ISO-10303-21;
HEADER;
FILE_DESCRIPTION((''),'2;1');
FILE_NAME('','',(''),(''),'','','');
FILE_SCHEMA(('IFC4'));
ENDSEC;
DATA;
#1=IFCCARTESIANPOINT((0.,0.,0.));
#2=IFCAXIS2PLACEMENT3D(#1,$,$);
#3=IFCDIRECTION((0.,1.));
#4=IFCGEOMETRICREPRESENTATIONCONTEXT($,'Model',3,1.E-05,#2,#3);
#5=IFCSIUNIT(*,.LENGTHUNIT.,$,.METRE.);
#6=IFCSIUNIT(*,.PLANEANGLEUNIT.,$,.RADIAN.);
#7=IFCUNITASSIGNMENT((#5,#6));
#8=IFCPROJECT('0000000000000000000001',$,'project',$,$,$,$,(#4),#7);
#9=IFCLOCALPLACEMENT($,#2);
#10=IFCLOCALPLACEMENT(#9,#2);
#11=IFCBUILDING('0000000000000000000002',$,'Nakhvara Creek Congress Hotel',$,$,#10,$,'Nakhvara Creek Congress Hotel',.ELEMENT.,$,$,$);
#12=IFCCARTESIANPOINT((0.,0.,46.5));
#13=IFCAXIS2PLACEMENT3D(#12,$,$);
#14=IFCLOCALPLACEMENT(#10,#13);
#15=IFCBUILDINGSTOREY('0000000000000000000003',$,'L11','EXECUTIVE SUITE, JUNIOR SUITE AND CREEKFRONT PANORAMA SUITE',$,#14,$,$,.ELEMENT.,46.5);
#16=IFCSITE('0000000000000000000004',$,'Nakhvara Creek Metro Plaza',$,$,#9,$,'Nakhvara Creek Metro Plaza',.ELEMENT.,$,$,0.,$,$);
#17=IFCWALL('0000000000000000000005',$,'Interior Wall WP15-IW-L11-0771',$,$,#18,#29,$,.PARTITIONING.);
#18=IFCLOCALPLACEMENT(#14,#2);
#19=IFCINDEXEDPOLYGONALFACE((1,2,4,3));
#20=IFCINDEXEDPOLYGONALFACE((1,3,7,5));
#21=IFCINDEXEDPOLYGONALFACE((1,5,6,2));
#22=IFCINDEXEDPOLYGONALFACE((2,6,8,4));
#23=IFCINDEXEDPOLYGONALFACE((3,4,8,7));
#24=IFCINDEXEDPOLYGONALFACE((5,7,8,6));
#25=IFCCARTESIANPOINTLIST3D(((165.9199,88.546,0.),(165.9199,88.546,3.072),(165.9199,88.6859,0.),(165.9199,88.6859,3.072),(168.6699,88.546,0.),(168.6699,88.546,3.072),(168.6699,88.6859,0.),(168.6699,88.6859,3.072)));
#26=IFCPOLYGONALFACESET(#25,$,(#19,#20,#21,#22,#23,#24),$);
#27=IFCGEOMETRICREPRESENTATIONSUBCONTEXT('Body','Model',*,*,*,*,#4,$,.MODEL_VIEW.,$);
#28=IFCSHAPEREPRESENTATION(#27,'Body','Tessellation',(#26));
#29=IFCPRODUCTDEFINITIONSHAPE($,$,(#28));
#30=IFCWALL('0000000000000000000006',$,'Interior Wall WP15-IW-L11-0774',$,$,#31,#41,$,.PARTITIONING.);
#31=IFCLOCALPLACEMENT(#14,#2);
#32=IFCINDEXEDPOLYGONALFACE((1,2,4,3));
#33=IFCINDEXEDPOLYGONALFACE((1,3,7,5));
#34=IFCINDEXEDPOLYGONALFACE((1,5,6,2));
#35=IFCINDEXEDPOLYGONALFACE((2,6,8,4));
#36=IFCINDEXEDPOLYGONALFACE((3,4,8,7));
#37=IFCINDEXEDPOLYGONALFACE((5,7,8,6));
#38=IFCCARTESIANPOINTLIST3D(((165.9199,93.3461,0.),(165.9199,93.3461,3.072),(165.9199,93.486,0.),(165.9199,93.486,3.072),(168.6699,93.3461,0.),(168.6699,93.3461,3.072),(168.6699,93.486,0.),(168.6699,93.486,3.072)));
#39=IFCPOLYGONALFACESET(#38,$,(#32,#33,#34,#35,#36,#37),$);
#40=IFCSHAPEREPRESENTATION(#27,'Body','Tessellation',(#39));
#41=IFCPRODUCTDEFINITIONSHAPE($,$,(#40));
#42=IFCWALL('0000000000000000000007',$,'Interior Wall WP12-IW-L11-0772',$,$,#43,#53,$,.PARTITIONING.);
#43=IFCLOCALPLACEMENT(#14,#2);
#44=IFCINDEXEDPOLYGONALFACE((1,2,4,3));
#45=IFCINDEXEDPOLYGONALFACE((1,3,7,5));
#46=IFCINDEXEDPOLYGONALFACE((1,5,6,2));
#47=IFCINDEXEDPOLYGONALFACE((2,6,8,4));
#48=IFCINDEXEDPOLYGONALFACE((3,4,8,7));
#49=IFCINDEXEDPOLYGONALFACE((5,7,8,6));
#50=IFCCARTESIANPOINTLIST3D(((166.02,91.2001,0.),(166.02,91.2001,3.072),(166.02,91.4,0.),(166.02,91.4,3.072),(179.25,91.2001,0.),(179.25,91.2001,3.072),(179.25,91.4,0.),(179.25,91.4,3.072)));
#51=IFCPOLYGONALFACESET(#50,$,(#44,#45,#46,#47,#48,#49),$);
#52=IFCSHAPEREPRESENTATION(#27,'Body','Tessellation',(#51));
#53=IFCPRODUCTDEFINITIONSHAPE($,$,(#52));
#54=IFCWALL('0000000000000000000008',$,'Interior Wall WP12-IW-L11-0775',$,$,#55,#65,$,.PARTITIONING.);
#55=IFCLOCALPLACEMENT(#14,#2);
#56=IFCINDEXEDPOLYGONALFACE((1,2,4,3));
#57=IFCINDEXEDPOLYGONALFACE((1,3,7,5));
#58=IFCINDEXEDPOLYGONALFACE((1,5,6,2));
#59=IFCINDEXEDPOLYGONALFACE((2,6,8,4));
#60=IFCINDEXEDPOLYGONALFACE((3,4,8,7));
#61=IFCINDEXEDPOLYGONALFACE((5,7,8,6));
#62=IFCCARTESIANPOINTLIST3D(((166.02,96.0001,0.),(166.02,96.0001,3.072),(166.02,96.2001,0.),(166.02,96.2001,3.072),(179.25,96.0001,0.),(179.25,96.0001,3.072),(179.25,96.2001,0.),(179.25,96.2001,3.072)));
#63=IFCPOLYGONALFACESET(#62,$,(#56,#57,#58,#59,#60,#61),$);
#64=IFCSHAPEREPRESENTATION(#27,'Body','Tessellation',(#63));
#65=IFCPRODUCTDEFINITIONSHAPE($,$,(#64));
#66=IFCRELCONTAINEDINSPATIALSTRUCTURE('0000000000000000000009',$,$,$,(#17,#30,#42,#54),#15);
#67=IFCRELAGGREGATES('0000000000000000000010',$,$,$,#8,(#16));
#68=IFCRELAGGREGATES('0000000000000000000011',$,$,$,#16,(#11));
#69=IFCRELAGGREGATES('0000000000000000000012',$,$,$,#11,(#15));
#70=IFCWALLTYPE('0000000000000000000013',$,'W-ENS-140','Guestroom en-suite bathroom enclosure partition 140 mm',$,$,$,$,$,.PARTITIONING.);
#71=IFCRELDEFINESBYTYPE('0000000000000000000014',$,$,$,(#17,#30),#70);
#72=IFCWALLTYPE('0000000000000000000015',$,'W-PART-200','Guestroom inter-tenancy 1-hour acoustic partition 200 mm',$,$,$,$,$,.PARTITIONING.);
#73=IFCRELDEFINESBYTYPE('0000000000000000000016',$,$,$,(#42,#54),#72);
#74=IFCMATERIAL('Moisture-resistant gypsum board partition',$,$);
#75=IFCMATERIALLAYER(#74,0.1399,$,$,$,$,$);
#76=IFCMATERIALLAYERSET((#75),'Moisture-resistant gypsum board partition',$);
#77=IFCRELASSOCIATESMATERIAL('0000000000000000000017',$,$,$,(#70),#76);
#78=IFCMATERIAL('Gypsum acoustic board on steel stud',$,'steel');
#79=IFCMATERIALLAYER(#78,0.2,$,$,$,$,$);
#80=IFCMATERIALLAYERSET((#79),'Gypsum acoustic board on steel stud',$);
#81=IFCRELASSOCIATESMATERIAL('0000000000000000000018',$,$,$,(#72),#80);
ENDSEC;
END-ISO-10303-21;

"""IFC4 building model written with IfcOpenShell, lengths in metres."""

from ifc_helpers import new_model, si_unit, direction, frame, frame_2d, origin, place, context, subcontext, project, spatial, rectangle, extrude, material, layer, layer_set, type_object, element, save


model = new_model("IFC4")

# Units and contexts
model_context = context("Model", 3, precision=1e-05, world=origin(), true_north=direction((0.0, 1.0)))
body_context = subcontext(model_context, "Body", "Model", "MODEL_VIEW")
ifc_project = project(units=[si_unit("LENGTHUNIT", "METRE"), si_unit("PLANEANGLEUNIT", "RADIAN")], contexts=[model_context])

# Site, building, storey
site_placement = place(None, origin())
site = spatial("IfcSite", under=ifc_project, at=site_placement, Name="Nakhvara Creek Metro Plaza", LongName="Nakhvara Creek Metro Plaza", CompositionType="ELEMENT", RefElevation=0.0)
building_placement = place(site_placement, origin())
building = spatial("IfcBuilding", under=site, at=building_placement, Name="Nakhvara Creek Congress Hotel", LongName="Nakhvara Creek Congress Hotel", CompositionType="ELEMENT")
storey_placement = place(building_placement, frame((0.0, 0.0, 46.5)))
storey = spatial("IfcBuildingStorey", under=building, at=storey_placement, Name="L11", Description="EXECUTIVE SUITE, JUNIOR SUITE AND CREEKFRONT PANORAMA SUITE", CompositionType="ELEMENT", Elevation=46.5)

# Shared definitions
ifc_material_1 = material(Name="Gypsum acoustic board on steel stud", Category="steel")

# Wall
ifc_material_2 = material(Name="Moisture-resistant gypsum board partition")
ifc_layer_1 = layer(ifc_material_2, 0.1399)
ifc_layer_set_1 = layer_set([ifc_layer_1], Name="Moisture-resistant gypsum board partition")
wall_type_1 = type_object("IfcWallType", Name="W-ENS-140", Description="Guestroom en-suite bathroom enclosure partition 140 mm", PredefinedType="PARTITIONING", material=ifc_layer_set_1)
wall_1_placement = place(storey_placement, frame((165.9199, 88.616, 0.0), z_axis=(0.0, 0.0, 1.0), x_axis=(1.0, 0.0, 0.0)))
element("IfcWall", 1, at=wall_1_placement, inside=storey, type_object=wall_type_1, Name="Interior Wall WP15-IW-L11-0771", PredefinedType="PARTITIONING", context=body_context, shape_type="SweptSolid", body=[
    extrude(rectangle(XDim=2.75, YDim=0.1399, at=frame_2d((1.375, 0.0))), origin(), (0.0, 0.0, 1.0), 3.072),
])

# Walls
wall_2_placement = place(storey_placement, frame((165.9199, 93.416, 0.0), z_axis=(0.0, 0.0, 1.0), x_axis=(1.0, 0.0, 0.0)))
element("IfcWall", 2, at=wall_2_placement, inside=storey, type_object=wall_type_1, Name="Interior Wall WP15-IW-L11-0774", PredefinedType="PARTITIONING", context=body_context, shape_type="SweptSolid", body=[
    extrude(rectangle(XDim=2.75, YDim=0.1399, at=frame_2d((1.375, 0.0))), origin(), (0.0, 0.0, 1.0), 3.072),
])
ifc_layer_2 = layer(ifc_material_1, 0.2)
ifc_layer_set_2 = layer_set([ifc_layer_2], Name="Gypsum acoustic board on steel stud")
wall_type_2 = type_object("IfcWallType", Name="W-PART-200", Description="Guestroom inter-tenancy 1-hour acoustic partition 200 mm", PredefinedType="PARTITIONING", material=ifc_layer_set_2)
for number, where, z_axis, x_axis, name in (
    (3, (166.02, 91.3, 0.0), (0.0, 0.0, 1.0), (1.0, 0.0, 0.0), "Interior Wall WP12-IW-L11-0772"),
    (4, (166.02, 96.1001, 0.0), (0.0, 0.0, 1.0), (1.0, 0.0, 0.0), "Interior Wall WP12-IW-L11-0775"),
):
    element("IfcWall", number, at=place(storey_placement, frame(where, z_axis=z_axis, x_axis=x_axis)), inside=storey, type_object=wall_type_2, Name=name, PredefinedType="PARTITIONING", context=body_context, shape_type="SweptSolid", body=[
        extrude(rectangle(XDim=13.23, YDim=0.2, at=frame_2d((6.615, 0.0))), origin(), (0.0, 0.0, 1.0), 3.072),
    ])

save(model, "model.ifc")
